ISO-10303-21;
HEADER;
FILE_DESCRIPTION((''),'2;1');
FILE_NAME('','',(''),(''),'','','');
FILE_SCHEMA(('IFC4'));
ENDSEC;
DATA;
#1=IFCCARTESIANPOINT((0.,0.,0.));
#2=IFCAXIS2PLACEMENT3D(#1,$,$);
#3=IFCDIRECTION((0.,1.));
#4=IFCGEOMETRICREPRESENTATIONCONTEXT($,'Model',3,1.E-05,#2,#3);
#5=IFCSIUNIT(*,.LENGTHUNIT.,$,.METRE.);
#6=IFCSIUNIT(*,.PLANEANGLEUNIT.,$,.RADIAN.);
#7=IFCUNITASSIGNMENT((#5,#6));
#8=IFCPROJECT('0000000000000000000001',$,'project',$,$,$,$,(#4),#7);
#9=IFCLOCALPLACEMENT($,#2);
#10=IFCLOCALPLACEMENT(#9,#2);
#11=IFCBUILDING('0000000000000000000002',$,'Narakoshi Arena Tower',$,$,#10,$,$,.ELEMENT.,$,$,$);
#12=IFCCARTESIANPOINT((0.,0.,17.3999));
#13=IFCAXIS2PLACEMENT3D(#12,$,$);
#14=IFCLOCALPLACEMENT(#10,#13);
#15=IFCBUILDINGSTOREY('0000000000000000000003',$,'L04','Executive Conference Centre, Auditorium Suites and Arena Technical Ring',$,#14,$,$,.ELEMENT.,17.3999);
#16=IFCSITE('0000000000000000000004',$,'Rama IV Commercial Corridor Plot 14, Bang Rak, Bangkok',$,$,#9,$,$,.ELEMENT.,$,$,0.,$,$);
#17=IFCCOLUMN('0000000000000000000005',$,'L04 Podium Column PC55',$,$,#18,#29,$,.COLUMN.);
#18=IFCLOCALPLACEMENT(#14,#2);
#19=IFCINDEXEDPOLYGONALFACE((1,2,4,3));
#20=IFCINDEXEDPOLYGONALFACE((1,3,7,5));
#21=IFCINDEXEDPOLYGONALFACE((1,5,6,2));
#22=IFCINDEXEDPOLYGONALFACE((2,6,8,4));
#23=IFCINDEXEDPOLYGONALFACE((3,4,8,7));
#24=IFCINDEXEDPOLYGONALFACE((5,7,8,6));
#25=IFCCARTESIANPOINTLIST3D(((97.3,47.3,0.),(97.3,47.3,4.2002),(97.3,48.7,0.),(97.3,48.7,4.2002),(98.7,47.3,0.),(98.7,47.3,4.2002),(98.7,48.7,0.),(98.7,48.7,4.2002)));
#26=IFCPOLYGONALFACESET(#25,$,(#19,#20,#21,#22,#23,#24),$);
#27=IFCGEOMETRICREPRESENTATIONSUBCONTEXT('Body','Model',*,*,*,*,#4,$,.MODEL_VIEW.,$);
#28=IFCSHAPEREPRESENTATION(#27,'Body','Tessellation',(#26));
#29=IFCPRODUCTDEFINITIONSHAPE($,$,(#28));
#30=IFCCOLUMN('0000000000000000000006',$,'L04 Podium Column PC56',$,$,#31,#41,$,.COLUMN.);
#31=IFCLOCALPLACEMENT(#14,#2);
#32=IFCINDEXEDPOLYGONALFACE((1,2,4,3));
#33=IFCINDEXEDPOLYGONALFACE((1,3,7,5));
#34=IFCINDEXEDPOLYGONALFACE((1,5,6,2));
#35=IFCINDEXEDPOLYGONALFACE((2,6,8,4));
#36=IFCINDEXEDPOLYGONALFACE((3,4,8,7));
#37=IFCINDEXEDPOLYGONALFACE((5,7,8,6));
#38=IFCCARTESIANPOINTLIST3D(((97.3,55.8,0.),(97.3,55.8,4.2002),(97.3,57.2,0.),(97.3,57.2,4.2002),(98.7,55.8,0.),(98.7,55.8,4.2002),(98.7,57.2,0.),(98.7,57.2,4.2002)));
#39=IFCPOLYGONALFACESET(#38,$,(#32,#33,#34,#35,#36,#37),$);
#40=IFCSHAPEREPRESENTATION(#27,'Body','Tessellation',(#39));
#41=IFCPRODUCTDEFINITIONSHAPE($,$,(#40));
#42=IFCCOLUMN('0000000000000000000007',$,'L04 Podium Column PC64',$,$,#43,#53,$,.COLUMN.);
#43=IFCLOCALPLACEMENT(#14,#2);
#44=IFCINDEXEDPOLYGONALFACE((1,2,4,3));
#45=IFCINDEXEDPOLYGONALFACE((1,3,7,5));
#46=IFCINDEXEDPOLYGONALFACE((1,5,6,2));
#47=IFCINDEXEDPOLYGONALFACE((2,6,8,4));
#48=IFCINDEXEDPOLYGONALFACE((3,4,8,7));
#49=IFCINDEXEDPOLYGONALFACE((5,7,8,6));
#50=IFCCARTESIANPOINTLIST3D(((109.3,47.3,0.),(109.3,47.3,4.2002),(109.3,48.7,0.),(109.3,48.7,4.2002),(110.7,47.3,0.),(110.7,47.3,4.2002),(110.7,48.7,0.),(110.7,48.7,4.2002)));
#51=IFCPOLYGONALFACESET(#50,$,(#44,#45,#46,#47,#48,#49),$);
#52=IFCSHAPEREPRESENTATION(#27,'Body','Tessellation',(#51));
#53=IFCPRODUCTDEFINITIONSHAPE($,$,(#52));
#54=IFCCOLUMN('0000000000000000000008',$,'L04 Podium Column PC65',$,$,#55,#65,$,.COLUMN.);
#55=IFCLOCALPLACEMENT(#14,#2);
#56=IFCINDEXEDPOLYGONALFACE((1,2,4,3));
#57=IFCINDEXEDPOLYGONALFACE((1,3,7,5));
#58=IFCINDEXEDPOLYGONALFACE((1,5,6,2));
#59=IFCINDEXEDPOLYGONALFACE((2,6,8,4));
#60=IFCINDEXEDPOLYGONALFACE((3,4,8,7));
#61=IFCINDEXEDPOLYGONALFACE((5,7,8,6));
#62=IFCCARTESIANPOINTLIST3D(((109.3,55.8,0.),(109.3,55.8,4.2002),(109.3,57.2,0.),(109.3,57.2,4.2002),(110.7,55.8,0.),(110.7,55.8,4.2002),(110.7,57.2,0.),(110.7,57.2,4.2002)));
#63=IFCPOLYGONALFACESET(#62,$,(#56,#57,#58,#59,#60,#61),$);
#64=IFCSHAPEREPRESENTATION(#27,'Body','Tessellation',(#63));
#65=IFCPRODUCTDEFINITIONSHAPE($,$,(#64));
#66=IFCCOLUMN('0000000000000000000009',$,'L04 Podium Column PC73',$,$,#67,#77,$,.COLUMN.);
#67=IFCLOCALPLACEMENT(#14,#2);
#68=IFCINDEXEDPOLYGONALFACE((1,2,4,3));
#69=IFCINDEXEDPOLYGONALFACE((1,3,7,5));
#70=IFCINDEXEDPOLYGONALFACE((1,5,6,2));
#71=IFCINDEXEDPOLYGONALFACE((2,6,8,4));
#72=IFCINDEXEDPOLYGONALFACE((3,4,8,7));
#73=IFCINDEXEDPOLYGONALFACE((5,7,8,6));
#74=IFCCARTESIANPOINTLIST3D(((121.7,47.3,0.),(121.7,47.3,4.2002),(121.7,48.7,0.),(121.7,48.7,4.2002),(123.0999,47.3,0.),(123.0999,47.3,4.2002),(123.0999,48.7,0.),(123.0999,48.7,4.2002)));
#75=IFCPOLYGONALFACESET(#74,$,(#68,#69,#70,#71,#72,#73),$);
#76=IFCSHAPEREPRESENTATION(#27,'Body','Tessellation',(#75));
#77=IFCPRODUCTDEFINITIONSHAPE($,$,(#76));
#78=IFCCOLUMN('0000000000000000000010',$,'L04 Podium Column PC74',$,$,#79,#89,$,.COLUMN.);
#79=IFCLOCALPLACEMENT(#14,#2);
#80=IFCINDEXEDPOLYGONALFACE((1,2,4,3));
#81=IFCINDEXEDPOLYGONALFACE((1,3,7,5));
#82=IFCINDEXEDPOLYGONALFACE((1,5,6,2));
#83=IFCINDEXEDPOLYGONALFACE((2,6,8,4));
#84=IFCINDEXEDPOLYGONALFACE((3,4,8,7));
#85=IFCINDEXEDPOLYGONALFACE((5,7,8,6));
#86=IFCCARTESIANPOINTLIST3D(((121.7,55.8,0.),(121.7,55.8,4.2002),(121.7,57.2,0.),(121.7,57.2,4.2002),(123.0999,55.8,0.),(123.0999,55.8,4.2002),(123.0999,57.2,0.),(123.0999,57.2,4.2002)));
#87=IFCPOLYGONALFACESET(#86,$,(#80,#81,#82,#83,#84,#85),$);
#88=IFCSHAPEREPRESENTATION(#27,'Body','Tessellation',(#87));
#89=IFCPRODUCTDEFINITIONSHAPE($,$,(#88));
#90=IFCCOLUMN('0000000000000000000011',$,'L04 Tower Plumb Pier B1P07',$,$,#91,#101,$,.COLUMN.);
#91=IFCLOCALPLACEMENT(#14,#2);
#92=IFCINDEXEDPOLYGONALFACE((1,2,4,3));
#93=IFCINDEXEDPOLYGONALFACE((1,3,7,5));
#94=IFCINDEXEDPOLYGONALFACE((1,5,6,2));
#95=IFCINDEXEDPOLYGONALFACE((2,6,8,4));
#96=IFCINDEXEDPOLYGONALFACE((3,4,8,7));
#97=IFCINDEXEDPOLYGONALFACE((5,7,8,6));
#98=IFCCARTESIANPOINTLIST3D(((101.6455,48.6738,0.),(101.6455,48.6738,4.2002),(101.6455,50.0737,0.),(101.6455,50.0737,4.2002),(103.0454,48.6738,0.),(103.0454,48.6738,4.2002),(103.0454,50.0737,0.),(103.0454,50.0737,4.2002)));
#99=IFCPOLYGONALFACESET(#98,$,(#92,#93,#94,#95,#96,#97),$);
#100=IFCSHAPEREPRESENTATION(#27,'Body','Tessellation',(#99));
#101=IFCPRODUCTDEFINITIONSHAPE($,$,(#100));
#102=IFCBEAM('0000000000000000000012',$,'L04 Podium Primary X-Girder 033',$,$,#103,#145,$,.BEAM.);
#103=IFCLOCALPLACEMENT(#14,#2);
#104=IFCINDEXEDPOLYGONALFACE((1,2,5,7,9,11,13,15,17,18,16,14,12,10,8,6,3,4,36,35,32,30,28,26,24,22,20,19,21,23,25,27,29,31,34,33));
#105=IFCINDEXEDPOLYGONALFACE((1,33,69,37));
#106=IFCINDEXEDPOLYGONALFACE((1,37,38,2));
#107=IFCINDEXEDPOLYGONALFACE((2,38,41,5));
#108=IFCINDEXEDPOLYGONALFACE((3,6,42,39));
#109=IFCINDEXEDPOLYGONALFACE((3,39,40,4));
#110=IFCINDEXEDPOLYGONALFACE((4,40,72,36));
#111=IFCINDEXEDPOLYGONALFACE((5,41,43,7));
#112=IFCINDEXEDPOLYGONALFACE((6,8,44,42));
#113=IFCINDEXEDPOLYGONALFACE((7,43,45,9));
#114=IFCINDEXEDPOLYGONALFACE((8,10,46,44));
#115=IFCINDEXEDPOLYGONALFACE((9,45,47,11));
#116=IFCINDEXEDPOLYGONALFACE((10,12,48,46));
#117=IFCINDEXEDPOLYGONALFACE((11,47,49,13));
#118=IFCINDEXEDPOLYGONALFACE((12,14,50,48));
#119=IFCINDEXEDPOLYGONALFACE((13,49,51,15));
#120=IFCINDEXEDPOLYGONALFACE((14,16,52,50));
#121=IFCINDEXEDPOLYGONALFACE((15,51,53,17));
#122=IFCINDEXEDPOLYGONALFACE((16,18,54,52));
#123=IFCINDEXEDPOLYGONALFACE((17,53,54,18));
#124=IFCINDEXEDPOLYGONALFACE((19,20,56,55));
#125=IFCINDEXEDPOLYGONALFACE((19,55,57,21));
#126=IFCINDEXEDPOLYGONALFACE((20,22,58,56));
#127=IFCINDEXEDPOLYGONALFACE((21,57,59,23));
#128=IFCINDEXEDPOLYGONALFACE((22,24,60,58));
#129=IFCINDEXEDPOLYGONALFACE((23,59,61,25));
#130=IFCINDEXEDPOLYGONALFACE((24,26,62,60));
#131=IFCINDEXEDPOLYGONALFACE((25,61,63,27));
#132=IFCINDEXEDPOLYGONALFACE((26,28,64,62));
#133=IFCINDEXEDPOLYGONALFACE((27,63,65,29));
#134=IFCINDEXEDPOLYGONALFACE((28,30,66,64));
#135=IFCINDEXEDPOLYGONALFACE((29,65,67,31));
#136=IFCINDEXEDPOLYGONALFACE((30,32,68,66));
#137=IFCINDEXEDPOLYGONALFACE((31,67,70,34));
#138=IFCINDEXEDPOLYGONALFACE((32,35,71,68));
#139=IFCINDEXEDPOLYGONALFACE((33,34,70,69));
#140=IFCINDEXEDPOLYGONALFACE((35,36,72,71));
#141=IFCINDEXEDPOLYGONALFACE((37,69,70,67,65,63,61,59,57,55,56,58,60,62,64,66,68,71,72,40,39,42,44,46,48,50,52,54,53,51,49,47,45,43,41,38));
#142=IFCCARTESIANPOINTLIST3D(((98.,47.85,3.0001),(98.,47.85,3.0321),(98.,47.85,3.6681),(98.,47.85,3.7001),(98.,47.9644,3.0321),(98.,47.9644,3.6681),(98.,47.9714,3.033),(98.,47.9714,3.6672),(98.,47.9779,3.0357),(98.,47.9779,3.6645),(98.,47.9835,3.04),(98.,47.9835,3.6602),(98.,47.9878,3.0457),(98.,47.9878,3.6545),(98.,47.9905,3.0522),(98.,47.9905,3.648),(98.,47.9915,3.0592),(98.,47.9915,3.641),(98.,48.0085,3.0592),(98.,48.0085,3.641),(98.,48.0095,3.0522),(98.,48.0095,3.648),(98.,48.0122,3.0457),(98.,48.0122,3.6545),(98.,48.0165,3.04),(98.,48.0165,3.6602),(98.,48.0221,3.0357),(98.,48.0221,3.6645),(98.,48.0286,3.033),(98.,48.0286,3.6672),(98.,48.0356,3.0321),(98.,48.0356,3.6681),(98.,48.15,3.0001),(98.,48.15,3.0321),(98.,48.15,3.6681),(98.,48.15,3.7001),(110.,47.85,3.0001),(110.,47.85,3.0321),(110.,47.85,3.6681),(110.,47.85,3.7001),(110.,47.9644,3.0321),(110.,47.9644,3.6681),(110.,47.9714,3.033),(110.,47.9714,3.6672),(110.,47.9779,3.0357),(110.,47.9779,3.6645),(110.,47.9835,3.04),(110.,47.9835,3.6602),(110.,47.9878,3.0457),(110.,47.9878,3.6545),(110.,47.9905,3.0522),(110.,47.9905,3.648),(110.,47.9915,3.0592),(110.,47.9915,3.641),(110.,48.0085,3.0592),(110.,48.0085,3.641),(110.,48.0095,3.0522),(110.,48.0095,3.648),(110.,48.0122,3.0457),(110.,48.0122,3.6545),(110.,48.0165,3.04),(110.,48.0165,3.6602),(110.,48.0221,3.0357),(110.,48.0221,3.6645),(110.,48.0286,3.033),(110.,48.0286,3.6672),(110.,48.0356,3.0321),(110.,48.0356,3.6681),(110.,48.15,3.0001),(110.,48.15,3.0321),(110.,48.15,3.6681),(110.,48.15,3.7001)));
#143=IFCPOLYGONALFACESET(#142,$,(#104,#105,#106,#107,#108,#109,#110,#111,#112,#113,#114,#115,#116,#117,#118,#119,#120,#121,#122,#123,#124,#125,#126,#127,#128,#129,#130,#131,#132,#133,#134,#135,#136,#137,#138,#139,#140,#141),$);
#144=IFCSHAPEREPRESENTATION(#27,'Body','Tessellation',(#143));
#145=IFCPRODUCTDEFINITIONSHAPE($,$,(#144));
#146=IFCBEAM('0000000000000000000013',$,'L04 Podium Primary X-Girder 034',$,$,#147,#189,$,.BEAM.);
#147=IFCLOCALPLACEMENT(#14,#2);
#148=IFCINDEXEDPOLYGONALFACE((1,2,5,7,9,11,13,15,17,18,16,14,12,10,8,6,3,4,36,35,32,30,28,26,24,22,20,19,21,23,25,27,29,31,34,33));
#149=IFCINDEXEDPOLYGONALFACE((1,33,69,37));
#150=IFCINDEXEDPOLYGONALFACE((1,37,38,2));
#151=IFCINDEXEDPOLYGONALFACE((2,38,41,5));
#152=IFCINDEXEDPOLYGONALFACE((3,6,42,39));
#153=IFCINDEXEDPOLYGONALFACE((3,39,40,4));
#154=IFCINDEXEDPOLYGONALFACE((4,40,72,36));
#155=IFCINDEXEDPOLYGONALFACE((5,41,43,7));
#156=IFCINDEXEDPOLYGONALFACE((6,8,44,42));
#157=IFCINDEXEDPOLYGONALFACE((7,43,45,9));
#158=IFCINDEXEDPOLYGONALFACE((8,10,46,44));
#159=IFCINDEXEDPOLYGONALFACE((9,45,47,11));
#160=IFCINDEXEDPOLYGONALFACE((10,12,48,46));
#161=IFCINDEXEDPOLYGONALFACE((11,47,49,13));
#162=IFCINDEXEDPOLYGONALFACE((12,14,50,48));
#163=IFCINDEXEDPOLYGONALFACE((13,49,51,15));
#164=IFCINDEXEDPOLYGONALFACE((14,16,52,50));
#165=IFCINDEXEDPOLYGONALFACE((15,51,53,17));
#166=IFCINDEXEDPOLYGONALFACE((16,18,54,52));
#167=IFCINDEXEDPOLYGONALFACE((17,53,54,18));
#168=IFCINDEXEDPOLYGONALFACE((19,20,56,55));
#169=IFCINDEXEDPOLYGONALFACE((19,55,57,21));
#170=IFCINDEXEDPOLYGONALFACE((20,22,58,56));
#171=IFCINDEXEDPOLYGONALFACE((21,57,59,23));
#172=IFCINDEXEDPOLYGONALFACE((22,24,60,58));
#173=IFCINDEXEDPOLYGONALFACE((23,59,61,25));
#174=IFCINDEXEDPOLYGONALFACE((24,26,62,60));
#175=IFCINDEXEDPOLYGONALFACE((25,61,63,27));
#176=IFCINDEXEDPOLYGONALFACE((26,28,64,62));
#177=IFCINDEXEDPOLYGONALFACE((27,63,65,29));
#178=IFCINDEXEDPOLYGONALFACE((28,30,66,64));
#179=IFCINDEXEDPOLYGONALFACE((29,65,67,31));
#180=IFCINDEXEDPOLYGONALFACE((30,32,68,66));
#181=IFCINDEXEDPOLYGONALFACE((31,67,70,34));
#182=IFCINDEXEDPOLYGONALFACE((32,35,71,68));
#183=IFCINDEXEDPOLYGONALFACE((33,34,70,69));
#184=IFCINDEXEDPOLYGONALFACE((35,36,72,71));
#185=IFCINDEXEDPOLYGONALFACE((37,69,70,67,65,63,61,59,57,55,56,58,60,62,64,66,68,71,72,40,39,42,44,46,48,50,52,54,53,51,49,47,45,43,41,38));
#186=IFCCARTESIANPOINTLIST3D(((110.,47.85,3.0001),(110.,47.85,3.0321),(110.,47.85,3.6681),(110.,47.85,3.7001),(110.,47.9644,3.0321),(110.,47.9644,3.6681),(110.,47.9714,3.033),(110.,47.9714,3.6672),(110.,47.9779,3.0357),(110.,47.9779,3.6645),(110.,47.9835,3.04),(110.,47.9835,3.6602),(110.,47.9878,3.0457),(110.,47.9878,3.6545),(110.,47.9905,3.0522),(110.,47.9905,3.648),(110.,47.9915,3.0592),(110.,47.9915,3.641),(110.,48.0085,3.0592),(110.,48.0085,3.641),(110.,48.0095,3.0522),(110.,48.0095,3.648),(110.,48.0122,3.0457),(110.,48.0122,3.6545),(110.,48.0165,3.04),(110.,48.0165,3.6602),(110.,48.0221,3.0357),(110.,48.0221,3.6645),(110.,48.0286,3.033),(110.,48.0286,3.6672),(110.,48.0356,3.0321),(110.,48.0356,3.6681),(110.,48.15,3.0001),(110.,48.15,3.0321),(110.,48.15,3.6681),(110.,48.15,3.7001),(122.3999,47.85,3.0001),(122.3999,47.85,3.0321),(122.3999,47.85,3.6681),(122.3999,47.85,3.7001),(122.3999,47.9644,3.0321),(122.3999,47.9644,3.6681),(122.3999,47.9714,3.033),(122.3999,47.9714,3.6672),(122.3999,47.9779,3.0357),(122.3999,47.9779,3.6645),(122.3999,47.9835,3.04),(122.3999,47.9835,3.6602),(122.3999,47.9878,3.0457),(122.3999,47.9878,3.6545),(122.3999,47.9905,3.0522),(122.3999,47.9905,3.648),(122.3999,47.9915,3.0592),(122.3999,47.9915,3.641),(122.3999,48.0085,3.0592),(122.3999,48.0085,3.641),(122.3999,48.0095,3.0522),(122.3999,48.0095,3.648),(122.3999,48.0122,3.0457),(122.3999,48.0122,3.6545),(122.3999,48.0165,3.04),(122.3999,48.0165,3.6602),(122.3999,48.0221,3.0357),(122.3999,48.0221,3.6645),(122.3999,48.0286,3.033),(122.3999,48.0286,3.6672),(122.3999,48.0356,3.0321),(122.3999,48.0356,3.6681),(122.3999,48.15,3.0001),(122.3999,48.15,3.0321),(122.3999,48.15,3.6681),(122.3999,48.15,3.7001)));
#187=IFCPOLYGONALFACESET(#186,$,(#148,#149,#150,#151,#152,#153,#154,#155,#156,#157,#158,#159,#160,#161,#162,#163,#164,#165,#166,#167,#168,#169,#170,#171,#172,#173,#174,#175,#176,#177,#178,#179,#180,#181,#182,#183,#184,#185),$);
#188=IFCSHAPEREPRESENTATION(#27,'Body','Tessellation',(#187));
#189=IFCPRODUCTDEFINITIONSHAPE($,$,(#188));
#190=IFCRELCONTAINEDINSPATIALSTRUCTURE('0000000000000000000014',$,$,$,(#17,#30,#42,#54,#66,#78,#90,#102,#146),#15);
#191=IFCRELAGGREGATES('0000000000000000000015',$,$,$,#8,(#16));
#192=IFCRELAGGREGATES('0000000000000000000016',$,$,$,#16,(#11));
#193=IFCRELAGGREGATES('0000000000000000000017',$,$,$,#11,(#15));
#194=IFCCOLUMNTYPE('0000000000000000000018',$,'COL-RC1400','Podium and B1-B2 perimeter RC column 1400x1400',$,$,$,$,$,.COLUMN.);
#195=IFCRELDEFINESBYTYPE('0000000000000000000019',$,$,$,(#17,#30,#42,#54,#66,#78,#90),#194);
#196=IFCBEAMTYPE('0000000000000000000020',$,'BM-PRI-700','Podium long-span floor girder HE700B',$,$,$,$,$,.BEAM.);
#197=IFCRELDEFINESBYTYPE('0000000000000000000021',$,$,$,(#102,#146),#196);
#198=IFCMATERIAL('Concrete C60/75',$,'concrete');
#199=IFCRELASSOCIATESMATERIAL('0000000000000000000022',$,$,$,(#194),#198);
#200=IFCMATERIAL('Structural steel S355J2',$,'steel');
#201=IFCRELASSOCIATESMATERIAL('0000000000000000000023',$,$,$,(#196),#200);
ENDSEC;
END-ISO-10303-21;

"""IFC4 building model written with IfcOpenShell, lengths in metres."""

from ifc_helpers import new_model, si_unit, direction, frame, origin, origin_2d, place, context, subcontext, project, spatial, rectangle, i_section, extrude, material, material_profile, profile_set, type_object, element, save


model = new_model("IFC4")

# Units and contexts
model_context = context("Model", 3, precision=1e-05, world=origin(), true_north=direction((0.0, 1.0)))
body_context = subcontext(model_context, "Body", "Model", "MODEL_VIEW")
ifc_project = project(units=[si_unit("LENGTHUNIT", "METRE"), si_unit("PLANEANGLEUNIT", "RADIAN")], contexts=[model_context])

# Site, building, storey
site_placement = place(None, origin())
site = spatial("IfcSite", under=ifc_project, at=site_placement, Name="Rama IV Commercial Corridor Plot 14, Bang Rak, Bangkok", CompositionType="ELEMENT", RefElevation=0.0)
building_placement = place(site_placement, origin())
building = spatial("IfcBuilding", under=site, at=building_placement, Name="Narakoshi Arena Tower", CompositionType="ELEMENT")
storey_placement = place(building_placement, frame((0.0, 0.0, 17.3999)))
storey = spatial("IfcBuildingStorey", under=building, at=storey_placement, Name="L04", Description="Executive Conference Centre, Auditorium Suites and Arena Technical Ring", CompositionType="ELEMENT", Elevation=17.3999)

# Columns
ifc_material_1 = material(Name="Concrete C60/75", Category="concrete")
ifc_material_profile_1 = material_profile(ifc_material_1, rectangle(XDim=1.3999, YDim=1.3999, at=origin_2d()), Name="RC1400x1400")
ifc_profile_set_1 = profile_set([ifc_material_profile_1], Name="Concrete C60/75")
column_type = type_object("IfcColumnType", Name="COL-RC1400", Description="Podium and B1-B2 perimeter RC column 1400x1400", PredefinedType="COLUMN", material=ifc_profile_set_1)
for number, where, z_axis, x_axis, name in (
    (1, (98.0, 48.0, 0.0), (0.0, 0.0, 1.0), (1.0, 0.0, 0.0), "L04 Podium Column PC55"),
    (2, (98.0, 56.5, 0.0), (0.0, 0.0, 1.0), (1.0, 0.0, 0.0), "L04 Podium Column PC56"),
    (3, (110.0, 48.0, 0.0), (0.0, 0.0, 1.0), (1.0, 0.0, 0.0), "L04 Podium Column PC64"),
    (4, (110.0, 56.5, 0.0), (0.0, 0.0, 1.0), (1.0, 0.0, 0.0), "L04 Podium Column PC65"),
    (5, (122.3999, 48.0, 0.0), (0.0, 0.0, 1.0), (1.0, 0.0, 0.0), "L04 Podium Column PC73"),
    (6, (122.3999, 56.5, 0.0), (0.0, 0.0, 1.0), (1.0, 0.0, 0.0), "L04 Podium Column PC74"),
    (7, (102.3455, 49.3738, 0.0), (0.0, 0.0, 1.0), (1.0, 0.0, 0.0), "L04 Tower Plumb Pier B1P07"),
):
    element("IfcColumn", number, at=place(storey_placement, frame(where, z_axis=z_axis, x_axis=x_axis)), inside=storey, type_object=column_type, Name=name, PredefinedType="COLUMN", context=body_context, shape_type="SweptSolid", body=[
        extrude(rectangle(XDim=1.3999, YDim=1.3999, at=origin_2d()), origin(), (0.0, 0.0, 1.0), 4.2002),
    ])

# Beams
ifc_material_2 = material(Name="Structural steel S355J2", Category="steel")
ifc_material_profile_2 = material_profile(ifc_material_2, i_section(OverallWidth=0.3, OverallDepth=0.7, WebThickness=0.0171, FlangeThickness=0.032, FilletRadius=0.0271, at=origin_2d()), Name="HE700B")
ifc_profile_set_2 = profile_set([ifc_material_profile_2], Name="Structural steel S355J2")
beam_type_1 = type_object("IfcBeamType", Name="BM-PRI-700", Description="Podium long-span floor girder HE700B", PredefinedType="BEAM", material=ifc_profile_set_2)
beam_1_placement = place(storey_placement, frame((98.0, 48.0, 3.3501), z_axis=(1.0, 0.0, 0.0), x_axis=(0.0, 1.0, 0.0)))
element("IfcBeam", 8, at=beam_1_placement, inside=storey, type_object=beam_type_1, Name="L04 Podium Primary X-Girder 033", PredefinedType="BEAM", context=body_context, shape_type="SweptSolid", body=[
    extrude(i_section(OverallWidth=0.3, OverallDepth=0.7, WebThickness=0.0171, FlangeThickness=0.032, FilletRadius=0.0271, at=origin_2d()), origin(), (0.0, 0.0, 1.0), 12.0),
])
beam_2_placement = place(storey_placement, frame((110.0, 48.0, 3.3501), z_axis=(1.0, 0.0, 0.0), x_axis=(0.0, 1.0, 0.0)))
element("IfcBeam", 9, at=beam_2_placement, inside=storey, type_object=beam_type_1, Name="L04 Podium Primary X-Girder 034", PredefinedType="BEAM", context=body_context, shape_type="SweptSolid", body=[
    extrude(i_section(OverallWidth=0.3, OverallDepth=0.7, WebThickness=0.0171, FlangeThickness=0.032, FilletRadius=0.0271, at=origin_2d()), origin(), (0.0, 0.0, 1.0), 12.3999),
])

save(model, "model.ifc")
